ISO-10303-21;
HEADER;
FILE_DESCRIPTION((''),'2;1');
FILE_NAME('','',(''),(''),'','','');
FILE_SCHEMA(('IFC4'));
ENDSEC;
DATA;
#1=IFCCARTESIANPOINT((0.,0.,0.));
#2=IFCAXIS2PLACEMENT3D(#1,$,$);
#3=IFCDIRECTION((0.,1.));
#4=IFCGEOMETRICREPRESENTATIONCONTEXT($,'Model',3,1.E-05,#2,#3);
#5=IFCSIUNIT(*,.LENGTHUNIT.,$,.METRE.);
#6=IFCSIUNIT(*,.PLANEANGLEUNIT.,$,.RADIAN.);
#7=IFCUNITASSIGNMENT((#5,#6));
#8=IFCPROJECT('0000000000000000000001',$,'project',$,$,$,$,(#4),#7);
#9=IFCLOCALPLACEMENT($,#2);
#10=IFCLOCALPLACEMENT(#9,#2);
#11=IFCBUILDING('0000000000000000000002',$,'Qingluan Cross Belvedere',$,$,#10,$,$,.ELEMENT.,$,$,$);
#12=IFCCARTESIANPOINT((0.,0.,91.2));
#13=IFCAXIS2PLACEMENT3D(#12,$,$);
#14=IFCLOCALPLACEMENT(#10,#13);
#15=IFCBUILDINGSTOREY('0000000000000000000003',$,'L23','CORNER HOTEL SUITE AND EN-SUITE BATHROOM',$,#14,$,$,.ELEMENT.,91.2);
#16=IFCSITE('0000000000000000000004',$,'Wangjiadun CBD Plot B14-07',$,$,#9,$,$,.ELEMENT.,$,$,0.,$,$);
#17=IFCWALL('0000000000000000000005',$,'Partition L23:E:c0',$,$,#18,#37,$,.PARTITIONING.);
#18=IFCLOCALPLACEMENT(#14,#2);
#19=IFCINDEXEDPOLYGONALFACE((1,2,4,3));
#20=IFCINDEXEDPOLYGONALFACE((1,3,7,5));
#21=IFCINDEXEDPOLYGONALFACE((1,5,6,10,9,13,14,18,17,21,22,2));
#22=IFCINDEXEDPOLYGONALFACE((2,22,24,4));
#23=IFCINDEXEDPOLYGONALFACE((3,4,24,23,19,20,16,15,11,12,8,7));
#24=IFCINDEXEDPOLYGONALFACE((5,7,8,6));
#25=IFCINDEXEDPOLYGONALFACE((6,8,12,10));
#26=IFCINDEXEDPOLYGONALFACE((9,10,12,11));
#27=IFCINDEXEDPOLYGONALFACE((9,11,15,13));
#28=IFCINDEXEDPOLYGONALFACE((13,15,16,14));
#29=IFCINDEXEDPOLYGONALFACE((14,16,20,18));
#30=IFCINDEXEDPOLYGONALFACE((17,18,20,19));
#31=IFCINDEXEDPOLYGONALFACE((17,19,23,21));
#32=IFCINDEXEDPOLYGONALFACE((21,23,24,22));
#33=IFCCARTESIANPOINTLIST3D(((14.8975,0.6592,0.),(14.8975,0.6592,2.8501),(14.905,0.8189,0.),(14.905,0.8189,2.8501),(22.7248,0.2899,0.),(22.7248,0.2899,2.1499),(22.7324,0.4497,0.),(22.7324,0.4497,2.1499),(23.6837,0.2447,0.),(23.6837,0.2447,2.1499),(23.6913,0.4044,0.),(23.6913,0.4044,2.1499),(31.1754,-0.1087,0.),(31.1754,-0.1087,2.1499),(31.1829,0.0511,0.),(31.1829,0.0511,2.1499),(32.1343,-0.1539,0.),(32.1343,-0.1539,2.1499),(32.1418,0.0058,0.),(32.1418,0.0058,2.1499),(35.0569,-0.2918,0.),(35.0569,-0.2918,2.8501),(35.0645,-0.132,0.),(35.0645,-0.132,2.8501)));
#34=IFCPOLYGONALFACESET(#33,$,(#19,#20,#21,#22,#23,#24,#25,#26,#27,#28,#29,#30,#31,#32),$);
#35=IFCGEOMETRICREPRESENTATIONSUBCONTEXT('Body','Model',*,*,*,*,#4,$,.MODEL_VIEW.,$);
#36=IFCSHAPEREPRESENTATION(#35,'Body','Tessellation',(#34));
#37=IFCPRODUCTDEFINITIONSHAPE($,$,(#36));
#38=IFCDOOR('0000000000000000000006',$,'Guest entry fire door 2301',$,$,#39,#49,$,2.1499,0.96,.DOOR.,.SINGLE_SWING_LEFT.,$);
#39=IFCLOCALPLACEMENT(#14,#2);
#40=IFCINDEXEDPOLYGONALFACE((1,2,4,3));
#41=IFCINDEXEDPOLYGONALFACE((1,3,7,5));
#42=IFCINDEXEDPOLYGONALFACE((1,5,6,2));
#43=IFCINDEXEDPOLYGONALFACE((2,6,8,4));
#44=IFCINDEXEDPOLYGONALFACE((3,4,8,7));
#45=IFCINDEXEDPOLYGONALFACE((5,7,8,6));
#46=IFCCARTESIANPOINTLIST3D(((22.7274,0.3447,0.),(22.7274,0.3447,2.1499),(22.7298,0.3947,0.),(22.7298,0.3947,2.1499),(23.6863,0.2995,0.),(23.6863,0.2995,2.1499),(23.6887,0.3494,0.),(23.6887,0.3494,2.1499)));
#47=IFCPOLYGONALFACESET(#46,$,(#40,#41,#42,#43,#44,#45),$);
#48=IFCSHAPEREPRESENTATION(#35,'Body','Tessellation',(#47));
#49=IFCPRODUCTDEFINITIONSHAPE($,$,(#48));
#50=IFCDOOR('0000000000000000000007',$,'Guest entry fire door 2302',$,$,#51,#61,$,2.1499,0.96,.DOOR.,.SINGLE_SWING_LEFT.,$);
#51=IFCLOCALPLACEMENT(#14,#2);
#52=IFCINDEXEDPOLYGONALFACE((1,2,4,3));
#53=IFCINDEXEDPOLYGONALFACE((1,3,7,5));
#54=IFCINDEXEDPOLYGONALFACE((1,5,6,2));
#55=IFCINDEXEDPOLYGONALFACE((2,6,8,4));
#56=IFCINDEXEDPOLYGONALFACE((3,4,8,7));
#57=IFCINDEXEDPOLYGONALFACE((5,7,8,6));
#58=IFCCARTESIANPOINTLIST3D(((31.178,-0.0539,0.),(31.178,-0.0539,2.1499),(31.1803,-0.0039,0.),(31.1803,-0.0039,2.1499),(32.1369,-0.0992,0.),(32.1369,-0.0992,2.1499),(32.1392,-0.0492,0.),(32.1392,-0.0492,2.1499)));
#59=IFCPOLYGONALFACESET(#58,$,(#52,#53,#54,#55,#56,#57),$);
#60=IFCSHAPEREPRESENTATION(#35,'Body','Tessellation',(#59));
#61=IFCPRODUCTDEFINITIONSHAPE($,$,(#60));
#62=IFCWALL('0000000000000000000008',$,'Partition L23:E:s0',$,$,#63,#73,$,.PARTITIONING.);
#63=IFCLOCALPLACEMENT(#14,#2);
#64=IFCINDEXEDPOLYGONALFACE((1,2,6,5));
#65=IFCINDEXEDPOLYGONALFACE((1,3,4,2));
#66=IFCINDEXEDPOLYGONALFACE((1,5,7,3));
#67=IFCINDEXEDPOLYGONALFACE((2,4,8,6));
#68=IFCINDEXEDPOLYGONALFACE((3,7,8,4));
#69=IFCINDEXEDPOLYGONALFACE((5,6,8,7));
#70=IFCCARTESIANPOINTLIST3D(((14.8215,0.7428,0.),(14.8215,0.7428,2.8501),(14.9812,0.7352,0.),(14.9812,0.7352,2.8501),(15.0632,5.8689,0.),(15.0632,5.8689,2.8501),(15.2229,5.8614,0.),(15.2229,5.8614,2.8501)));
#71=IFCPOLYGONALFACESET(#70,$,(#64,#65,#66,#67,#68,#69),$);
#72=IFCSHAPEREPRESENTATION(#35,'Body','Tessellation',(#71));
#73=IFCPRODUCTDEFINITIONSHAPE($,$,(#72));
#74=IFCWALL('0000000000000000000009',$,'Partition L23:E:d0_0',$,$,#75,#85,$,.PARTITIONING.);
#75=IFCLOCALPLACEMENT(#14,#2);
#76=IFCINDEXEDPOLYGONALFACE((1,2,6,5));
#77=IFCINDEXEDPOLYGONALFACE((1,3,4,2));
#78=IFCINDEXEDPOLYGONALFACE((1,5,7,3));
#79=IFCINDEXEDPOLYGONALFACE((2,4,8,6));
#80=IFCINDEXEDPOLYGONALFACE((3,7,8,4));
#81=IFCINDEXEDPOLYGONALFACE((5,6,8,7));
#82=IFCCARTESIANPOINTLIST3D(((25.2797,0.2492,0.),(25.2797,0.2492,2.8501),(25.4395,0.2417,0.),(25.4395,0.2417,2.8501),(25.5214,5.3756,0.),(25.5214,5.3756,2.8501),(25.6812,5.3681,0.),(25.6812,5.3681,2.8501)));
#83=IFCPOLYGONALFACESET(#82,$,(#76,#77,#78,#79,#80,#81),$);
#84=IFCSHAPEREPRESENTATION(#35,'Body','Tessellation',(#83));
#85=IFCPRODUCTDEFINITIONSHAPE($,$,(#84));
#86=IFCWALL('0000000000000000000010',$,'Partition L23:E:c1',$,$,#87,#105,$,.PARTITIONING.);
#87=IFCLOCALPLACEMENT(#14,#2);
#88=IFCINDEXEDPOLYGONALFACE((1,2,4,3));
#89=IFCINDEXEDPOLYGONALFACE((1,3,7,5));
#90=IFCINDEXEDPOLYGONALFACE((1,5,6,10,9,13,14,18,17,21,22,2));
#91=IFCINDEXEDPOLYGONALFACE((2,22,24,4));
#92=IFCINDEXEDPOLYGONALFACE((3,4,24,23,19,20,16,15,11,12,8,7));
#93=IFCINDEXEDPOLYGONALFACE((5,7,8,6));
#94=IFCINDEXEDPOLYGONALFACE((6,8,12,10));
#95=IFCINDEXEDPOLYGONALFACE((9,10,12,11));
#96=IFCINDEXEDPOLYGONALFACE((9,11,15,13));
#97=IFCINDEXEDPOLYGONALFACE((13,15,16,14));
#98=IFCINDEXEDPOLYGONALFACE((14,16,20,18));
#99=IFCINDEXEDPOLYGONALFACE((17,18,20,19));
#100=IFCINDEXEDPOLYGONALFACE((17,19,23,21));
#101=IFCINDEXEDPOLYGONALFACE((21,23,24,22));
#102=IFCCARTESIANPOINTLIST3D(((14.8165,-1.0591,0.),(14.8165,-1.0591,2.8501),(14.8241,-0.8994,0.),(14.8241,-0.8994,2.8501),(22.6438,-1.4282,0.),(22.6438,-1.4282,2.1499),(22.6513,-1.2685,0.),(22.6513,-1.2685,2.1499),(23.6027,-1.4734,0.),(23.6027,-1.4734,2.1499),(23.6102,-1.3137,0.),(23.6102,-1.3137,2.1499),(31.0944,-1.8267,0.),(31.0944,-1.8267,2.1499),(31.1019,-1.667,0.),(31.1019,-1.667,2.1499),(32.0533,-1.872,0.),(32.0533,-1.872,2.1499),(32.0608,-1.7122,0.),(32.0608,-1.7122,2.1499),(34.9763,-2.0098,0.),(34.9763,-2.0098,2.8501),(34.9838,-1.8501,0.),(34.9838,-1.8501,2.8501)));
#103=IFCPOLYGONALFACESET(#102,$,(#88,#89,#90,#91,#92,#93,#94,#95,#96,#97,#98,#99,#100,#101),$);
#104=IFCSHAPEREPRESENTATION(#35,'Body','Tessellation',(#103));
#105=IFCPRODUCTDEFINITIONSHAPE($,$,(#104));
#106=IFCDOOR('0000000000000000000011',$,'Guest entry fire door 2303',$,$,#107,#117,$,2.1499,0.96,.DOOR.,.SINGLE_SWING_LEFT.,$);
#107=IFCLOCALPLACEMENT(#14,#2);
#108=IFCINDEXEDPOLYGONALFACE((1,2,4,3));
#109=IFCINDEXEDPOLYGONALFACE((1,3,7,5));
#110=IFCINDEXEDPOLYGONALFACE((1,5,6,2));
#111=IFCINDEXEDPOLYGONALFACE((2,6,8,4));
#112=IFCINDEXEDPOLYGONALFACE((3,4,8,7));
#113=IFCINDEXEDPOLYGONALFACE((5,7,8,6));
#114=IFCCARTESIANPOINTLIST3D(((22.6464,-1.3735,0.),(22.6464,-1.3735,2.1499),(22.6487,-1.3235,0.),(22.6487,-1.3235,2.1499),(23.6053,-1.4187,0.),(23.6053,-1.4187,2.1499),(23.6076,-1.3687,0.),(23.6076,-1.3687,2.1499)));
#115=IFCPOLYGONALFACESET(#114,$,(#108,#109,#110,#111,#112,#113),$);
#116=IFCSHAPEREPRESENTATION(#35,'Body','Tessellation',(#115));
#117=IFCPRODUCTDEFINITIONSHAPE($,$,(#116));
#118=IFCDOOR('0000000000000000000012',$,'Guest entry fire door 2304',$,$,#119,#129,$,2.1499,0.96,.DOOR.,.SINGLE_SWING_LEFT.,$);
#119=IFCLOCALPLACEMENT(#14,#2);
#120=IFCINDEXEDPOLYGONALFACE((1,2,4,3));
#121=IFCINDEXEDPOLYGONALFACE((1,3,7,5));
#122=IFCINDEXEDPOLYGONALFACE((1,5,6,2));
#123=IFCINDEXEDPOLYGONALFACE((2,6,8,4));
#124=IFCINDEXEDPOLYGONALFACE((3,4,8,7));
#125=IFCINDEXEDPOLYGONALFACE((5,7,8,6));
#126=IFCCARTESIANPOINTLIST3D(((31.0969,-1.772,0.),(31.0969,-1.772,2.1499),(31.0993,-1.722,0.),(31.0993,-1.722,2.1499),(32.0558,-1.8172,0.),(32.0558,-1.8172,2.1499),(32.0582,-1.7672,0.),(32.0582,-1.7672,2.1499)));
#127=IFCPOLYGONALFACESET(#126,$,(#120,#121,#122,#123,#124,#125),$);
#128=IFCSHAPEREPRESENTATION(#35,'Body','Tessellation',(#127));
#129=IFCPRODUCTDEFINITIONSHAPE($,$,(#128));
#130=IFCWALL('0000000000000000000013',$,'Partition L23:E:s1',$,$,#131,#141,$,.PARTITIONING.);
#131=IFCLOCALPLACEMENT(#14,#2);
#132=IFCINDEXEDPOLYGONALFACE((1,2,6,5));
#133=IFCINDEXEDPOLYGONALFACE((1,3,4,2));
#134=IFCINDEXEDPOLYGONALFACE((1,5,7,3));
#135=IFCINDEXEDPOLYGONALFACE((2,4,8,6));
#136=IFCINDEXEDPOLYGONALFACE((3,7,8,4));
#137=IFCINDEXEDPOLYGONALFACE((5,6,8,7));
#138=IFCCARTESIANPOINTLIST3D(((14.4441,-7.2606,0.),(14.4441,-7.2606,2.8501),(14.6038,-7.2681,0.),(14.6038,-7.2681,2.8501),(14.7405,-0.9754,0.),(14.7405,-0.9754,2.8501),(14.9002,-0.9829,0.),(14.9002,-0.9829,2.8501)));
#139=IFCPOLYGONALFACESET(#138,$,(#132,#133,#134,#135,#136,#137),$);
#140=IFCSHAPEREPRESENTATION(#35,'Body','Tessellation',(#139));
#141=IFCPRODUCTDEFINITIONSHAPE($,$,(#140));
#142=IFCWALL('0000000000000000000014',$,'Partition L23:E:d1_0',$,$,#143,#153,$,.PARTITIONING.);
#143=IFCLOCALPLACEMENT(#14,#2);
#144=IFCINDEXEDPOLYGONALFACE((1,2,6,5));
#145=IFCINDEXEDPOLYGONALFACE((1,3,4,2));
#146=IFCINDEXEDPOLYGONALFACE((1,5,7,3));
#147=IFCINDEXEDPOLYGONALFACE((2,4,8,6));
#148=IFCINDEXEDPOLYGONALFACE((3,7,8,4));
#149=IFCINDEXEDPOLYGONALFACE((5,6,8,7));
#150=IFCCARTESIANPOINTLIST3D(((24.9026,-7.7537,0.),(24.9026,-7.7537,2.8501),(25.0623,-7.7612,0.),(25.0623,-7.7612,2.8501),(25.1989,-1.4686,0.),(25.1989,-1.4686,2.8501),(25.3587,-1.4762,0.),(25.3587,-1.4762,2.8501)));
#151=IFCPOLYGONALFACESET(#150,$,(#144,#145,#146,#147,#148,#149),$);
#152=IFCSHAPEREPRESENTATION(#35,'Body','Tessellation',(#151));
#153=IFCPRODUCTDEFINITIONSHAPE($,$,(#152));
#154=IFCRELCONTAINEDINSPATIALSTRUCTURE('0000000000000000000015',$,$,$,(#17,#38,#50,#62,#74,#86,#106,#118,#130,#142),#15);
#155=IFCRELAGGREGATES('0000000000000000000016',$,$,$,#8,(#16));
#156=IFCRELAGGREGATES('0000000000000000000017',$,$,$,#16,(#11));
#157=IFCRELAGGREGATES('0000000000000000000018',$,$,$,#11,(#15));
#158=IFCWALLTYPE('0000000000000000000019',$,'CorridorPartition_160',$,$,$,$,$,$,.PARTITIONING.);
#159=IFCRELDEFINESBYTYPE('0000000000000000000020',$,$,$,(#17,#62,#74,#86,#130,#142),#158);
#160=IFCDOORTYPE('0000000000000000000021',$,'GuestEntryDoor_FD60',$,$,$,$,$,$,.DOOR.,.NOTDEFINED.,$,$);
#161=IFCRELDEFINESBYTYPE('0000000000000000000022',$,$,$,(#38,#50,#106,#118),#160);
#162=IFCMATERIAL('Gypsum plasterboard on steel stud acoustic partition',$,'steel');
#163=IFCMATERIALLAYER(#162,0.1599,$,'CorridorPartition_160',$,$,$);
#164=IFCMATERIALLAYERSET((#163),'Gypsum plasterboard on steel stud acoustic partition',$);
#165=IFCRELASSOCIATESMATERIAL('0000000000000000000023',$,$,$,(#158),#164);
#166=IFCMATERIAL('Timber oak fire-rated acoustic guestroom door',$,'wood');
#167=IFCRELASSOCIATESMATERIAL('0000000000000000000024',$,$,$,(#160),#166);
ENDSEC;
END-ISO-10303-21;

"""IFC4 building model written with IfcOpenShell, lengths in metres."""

from ifc_helpers import new_model, si_unit, direction, frame, frame_2d, origin, place, context, subcontext, project, spatial, rectangle, extrude, material, layer, layer_set, type_object, element, fill, save


model = new_model("IFC4")

# Units and contexts
model_context = context("Model", 3, precision=1e-05, world=origin(), true_north=direction((0.0, 1.0)))
body_context = subcontext(model_context, "Body", "Model", "MODEL_VIEW")
ifc_project = project(units=[si_unit("LENGTHUNIT", "METRE"), si_unit("PLANEANGLEUNIT", "RADIAN")], contexts=[model_context])

# Site, building, storey
site_placement = place(None, origin())
site = spatial("IfcSite", under=ifc_project, at=site_placement, Name="Wangjiadun CBD Plot B14-07", CompositionType="ELEMENT", RefElevation=0.0)
building_placement = place(site_placement, origin())
building = spatial("IfcBuilding", under=site, at=building_placement, Name="Qingluan Cross Belvedere", CompositionType="ELEMENT")
storey_placement = place(building_placement, frame((0.0, 0.0, 91.2)))
storey = spatial("IfcBuildingStorey", under=building, at=storey_placement, Name="L23", Description="CORNER HOTEL SUITE AND EN-SUITE BATHROOM", CompositionType="ELEMENT", Elevation=91.2)

# Wall, openings, doors
ifc_material_1 = material(Name="Gypsum plasterboard on steel stud acoustic partition", Category="steel")
ifc_layer_1 = layer(ifc_material_1, 0.1599, Name="CorridorPartition_160")
ifc_layer_set_1 = layer_set([ifc_layer_1], Name="Gypsum plasterboard on steel stud acoustic partition")
wall_type_1 = type_object("IfcWallType", Name="CorridorPartition_160", PredefinedType="PARTITIONING", material=ifc_layer_set_1)
wall_1_placement = place(storey_placement, frame((14.9014, 0.739, 0.0), z_axis=(0.0, 0.0, 1.0), x_axis=(0.998889, -0.047118, 0.0)))
wall_1 = element("IfcWall", 1, at=wall_1_placement, inside=storey, type_object=wall_type_1, Name="Partition L23:E:c0", PredefinedType="PARTITIONING", context=body_context, shape_type="SweptSolid", body=[
    extrude(rectangle(XDim=20.1819, YDim=0.1599, at=frame_2d((10.0908, 0.0))), origin(), (0.0, 0.0, 1.0), 2.8501),
])
opening_1_placement = place(wall_1_placement, frame((7.8359, 0.0, 0.0)))
opening_1 = element("IfcOpeningElement", 2, at=opening_1_placement, cuts=wall_1, PredefinedType="OPENING", context=body_context, shape_type="SweptSolid", body=[
    extrude(rectangle(XDim=0.96, YDim=2.1499, at=frame_2d((0.48, 1.075))), frame((0.0, 0.0898, 0.0), z_axis=(0.0, -1.0, 0.0), x_axis=(1.0, 0.0, 0.0)), (0.0, 0.0, 1.0), 0.1799),
])
opening_2_placement = place(wall_1_placement, frame((16.2959, 0.0, 0.0)))
opening_2 = element("IfcOpeningElement", 3, at=opening_2_placement, cuts=wall_1, PredefinedType="OPENING", context=body_context, shape_type="SweptSolid", body=[
    extrude(rectangle(XDim=0.96, YDim=2.1499, at=frame_2d((0.48, 1.075))), frame((0.0, 0.0898, 0.0), z_axis=(0.0, -1.0, 0.0), x_axis=(1.0, 0.0, 0.0)), (0.0, 0.0, 1.0), 0.1799),
])
ifc_material_2 = material(Name="Timber oak fire-rated acoustic guestroom door", Category="wood")
door_type_1 = type_object("IfcDoorType", Name="GuestEntryDoor_FD60", OperationType="NOTDEFINED", PredefinedType="DOOR", material=ifc_material_2)
door_1_placement = place(opening_1_placement, origin())
door_1 = element("IfcDoor", 4, at=door_1_placement, inside=storey, type_object=door_type_1, Name="Guest entry fire door 2301", OperationType="SINGLE_SWING_LEFT", OverallHeight=2.1499, OverallWidth=0.96, PredefinedType="DOOR", context=body_context, shape_type="SweptSolid", body=[
    extrude(rectangle(XDim=0.96, YDim=2.1499, at=frame_2d((0.48, 1.075))), frame((0.0, 0.0249, 0.0), z_axis=(0.0, -1.0, 0.0), x_axis=(1.0, 0.0, 0.0)), (0.0, 0.0, 1.0), 0.05),
])
fill(opening_1, door_1)
door_2_placement = place(opening_2_placement, origin())
door_2 = element("IfcDoor", 5, at=door_2_placement, inside=storey, type_object=door_type_1, Name="Guest entry fire door 2302", OperationType="SINGLE_SWING_LEFT", OverallHeight=2.1499, OverallWidth=0.96, PredefinedType="DOOR", context=body_context, shape_type="SweptSolid", body=[
    extrude(rectangle(XDim=0.96, YDim=2.1499, at=frame_2d((0.48, 1.075))), frame((0.0, 0.0249, 0.0), z_axis=(0.0, -1.0, 0.0), x_axis=(1.0, 0.0, 0.0)), (0.0, 0.0, 1.0), 0.05),
])
fill(opening_2, door_2)

# Walls
wall_2_placement = place(storey_placement, frame((14.9014, 0.739, 0.0), z_axis=(0.0, 0.0, 1.0), x_axis=(0.047097, 0.99889, 0.0)))
element("IfcWall", 6, at=wall_2_placement, inside=storey, type_object=wall_type_1, Name="Partition L23:E:s0", PredefinedType="PARTITIONING", context=body_context, shape_type="SweptSolid", body=[
    extrude(rectangle(XDim=5.1318, YDim=0.1599, at=frame_2d((2.5659, 0.0))), origin(), (0.0, 0.0, 1.0), 2.8501),
])
wall_3_placement = place(storey_placement, frame((25.3596, 0.2456, 0.0), z_axis=(0.0, 0.0, 1.0), x_axis=(0.047095, 0.99889, 0.0)))
element("IfcWall", 7, at=wall_3_placement, inside=storey, type_object=wall_type_1, Name="Partition L23:E:d0_0", PredefinedType="PARTITIONING", context=body_context, shape_type="SweptSolid", body=[
    extrude(rectangle(XDim=5.1321, YDim=0.1599, at=frame_2d((2.5659, 0.0))), origin(), (0.0, 0.0, 1.0), 2.8501),
])

# Wall, openings, doors
wall_4_placement = place(storey_placement, frame((14.8203, -0.9792, 0.0), z_axis=(0.0, 0.0, 1.0), x_axis=(0.99889, -0.047105, 0.0)))
wall_4 = element("IfcWall", 8, at=wall_4_placement, inside=storey, type_object=wall_type_1, Name="Partition L23:E:c1", PredefinedType="PARTITIONING", context=body_context, shape_type="SweptSolid", body=[
    extrude(rectangle(XDim=20.1821, YDim=0.1599, at=frame_2d((10.0911, 0.0))), origin(), (0.0, 0.0, 1.0), 2.8501),
])
opening_3_placement = place(wall_4_placement, frame((7.8359, 0.0, 0.0)))
opening_3 = element("IfcOpeningElement", 9, at=opening_3_placement, cuts=wall_4, PredefinedType="OPENING", context=body_context, shape_type="SweptSolid", body=[
    extrude(rectangle(XDim=0.96, YDim=2.1499, at=frame_2d((0.48, 1.075))), frame((0.0, 0.0898, 0.0), z_axis=(0.0, -1.0, 0.0), x_axis=(1.0, 0.0, 0.0)), (0.0, 0.0, 1.0), 0.1799),
])
opening_4_placement = place(wall_4_placement, frame((16.2959, 0.0, 0.0)))
opening_4 = element("IfcOpeningElement", 10, at=opening_4_placement, cuts=wall_4, PredefinedType="OPENING", context=body_context, shape_type="SweptSolid", body=[
    extrude(rectangle(XDim=0.96, YDim=2.1499, at=frame_2d((0.48, 1.075))), frame((0.0, 0.0898, 0.0), z_axis=(0.0, -1.0, 0.0), x_axis=(1.0, 0.0, 0.0)), (0.0, 0.0, 1.0), 0.1799),
])
door_3_placement = place(opening_3_placement, origin())
door_3 = element("IfcDoor", 11, at=door_3_placement, inside=storey, type_object=door_type_1, Name="Guest entry fire door 2303", OperationType="SINGLE_SWING_LEFT", OverallHeight=2.1499, OverallWidth=0.96, PredefinedType="DOOR", context=body_context, shape_type="SweptSolid", body=[
    extrude(rectangle(XDim=0.96, YDim=2.1499, at=frame_2d((0.48, 1.075))), frame((0.0, 0.0249, 0.0), z_axis=(0.0, -1.0, 0.0), x_axis=(1.0, 0.0, 0.0)), (0.0, 0.0, 1.0), 0.05),
])
fill(opening_3, door_3)
door_4_placement = place(opening_4_placement, origin())
door_4 = element("IfcDoor", 12, at=door_4_placement, inside=storey, type_object=door_type_1, Name="Guest entry fire door 2304", OperationType="SINGLE_SWING_LEFT", OverallHeight=2.1499, OverallWidth=0.96, PredefinedType="DOOR", context=body_context, shape_type="SweptSolid", body=[
    extrude(rectangle(XDim=0.96, YDim=2.1499, at=frame_2d((0.48, 1.075))), frame((0.0, 0.0249, 0.0), z_axis=(0.0, -1.0, 0.0), x_axis=(1.0, 0.0, 0.0)), (0.0, 0.0, 1.0), 0.05),
])
fill(opening_4, door_4)

# Walls
wall_5_placement = place(storey_placement, frame((14.8203, -0.9792, 0.0), z_axis=(0.0, 0.0, 1.0), x_axis=(-0.047104, -0.99889, 0.0)))
element("IfcWall", 13, at=wall_5_placement, inside=storey, type_object=wall_type_1, Name="Partition L23:E:s1", PredefinedType="PARTITIONING", context=body_context, shape_type="SweptSolid", body=[
    extrude(rectangle(XDim=6.2922, YDim=0.1599, at=frame_2d((3.146, 0.0))), origin(), (0.0, 0.0, 1.0), 2.8501),
])
wall_6_placement = place(storey_placement, frame((25.2788, -1.4724, 0.0), z_axis=(0.0, 0.0, 1.0), x_axis=(-0.047106, -0.99889, 0.0)))
element("IfcWall", 14, at=wall_6_placement, inside=storey, type_object=wall_type_1, Name="Partition L23:E:d1_0", PredefinedType="PARTITIONING", context=body_context, shape_type="SweptSolid", body=[
    extrude(rectangle(XDim=6.292, YDim=0.1599, at=frame_2d((3.146, 0.0))), origin(), (0.0, 0.0, 1.0), 2.8501),
])

save(model, "model.ifc")
